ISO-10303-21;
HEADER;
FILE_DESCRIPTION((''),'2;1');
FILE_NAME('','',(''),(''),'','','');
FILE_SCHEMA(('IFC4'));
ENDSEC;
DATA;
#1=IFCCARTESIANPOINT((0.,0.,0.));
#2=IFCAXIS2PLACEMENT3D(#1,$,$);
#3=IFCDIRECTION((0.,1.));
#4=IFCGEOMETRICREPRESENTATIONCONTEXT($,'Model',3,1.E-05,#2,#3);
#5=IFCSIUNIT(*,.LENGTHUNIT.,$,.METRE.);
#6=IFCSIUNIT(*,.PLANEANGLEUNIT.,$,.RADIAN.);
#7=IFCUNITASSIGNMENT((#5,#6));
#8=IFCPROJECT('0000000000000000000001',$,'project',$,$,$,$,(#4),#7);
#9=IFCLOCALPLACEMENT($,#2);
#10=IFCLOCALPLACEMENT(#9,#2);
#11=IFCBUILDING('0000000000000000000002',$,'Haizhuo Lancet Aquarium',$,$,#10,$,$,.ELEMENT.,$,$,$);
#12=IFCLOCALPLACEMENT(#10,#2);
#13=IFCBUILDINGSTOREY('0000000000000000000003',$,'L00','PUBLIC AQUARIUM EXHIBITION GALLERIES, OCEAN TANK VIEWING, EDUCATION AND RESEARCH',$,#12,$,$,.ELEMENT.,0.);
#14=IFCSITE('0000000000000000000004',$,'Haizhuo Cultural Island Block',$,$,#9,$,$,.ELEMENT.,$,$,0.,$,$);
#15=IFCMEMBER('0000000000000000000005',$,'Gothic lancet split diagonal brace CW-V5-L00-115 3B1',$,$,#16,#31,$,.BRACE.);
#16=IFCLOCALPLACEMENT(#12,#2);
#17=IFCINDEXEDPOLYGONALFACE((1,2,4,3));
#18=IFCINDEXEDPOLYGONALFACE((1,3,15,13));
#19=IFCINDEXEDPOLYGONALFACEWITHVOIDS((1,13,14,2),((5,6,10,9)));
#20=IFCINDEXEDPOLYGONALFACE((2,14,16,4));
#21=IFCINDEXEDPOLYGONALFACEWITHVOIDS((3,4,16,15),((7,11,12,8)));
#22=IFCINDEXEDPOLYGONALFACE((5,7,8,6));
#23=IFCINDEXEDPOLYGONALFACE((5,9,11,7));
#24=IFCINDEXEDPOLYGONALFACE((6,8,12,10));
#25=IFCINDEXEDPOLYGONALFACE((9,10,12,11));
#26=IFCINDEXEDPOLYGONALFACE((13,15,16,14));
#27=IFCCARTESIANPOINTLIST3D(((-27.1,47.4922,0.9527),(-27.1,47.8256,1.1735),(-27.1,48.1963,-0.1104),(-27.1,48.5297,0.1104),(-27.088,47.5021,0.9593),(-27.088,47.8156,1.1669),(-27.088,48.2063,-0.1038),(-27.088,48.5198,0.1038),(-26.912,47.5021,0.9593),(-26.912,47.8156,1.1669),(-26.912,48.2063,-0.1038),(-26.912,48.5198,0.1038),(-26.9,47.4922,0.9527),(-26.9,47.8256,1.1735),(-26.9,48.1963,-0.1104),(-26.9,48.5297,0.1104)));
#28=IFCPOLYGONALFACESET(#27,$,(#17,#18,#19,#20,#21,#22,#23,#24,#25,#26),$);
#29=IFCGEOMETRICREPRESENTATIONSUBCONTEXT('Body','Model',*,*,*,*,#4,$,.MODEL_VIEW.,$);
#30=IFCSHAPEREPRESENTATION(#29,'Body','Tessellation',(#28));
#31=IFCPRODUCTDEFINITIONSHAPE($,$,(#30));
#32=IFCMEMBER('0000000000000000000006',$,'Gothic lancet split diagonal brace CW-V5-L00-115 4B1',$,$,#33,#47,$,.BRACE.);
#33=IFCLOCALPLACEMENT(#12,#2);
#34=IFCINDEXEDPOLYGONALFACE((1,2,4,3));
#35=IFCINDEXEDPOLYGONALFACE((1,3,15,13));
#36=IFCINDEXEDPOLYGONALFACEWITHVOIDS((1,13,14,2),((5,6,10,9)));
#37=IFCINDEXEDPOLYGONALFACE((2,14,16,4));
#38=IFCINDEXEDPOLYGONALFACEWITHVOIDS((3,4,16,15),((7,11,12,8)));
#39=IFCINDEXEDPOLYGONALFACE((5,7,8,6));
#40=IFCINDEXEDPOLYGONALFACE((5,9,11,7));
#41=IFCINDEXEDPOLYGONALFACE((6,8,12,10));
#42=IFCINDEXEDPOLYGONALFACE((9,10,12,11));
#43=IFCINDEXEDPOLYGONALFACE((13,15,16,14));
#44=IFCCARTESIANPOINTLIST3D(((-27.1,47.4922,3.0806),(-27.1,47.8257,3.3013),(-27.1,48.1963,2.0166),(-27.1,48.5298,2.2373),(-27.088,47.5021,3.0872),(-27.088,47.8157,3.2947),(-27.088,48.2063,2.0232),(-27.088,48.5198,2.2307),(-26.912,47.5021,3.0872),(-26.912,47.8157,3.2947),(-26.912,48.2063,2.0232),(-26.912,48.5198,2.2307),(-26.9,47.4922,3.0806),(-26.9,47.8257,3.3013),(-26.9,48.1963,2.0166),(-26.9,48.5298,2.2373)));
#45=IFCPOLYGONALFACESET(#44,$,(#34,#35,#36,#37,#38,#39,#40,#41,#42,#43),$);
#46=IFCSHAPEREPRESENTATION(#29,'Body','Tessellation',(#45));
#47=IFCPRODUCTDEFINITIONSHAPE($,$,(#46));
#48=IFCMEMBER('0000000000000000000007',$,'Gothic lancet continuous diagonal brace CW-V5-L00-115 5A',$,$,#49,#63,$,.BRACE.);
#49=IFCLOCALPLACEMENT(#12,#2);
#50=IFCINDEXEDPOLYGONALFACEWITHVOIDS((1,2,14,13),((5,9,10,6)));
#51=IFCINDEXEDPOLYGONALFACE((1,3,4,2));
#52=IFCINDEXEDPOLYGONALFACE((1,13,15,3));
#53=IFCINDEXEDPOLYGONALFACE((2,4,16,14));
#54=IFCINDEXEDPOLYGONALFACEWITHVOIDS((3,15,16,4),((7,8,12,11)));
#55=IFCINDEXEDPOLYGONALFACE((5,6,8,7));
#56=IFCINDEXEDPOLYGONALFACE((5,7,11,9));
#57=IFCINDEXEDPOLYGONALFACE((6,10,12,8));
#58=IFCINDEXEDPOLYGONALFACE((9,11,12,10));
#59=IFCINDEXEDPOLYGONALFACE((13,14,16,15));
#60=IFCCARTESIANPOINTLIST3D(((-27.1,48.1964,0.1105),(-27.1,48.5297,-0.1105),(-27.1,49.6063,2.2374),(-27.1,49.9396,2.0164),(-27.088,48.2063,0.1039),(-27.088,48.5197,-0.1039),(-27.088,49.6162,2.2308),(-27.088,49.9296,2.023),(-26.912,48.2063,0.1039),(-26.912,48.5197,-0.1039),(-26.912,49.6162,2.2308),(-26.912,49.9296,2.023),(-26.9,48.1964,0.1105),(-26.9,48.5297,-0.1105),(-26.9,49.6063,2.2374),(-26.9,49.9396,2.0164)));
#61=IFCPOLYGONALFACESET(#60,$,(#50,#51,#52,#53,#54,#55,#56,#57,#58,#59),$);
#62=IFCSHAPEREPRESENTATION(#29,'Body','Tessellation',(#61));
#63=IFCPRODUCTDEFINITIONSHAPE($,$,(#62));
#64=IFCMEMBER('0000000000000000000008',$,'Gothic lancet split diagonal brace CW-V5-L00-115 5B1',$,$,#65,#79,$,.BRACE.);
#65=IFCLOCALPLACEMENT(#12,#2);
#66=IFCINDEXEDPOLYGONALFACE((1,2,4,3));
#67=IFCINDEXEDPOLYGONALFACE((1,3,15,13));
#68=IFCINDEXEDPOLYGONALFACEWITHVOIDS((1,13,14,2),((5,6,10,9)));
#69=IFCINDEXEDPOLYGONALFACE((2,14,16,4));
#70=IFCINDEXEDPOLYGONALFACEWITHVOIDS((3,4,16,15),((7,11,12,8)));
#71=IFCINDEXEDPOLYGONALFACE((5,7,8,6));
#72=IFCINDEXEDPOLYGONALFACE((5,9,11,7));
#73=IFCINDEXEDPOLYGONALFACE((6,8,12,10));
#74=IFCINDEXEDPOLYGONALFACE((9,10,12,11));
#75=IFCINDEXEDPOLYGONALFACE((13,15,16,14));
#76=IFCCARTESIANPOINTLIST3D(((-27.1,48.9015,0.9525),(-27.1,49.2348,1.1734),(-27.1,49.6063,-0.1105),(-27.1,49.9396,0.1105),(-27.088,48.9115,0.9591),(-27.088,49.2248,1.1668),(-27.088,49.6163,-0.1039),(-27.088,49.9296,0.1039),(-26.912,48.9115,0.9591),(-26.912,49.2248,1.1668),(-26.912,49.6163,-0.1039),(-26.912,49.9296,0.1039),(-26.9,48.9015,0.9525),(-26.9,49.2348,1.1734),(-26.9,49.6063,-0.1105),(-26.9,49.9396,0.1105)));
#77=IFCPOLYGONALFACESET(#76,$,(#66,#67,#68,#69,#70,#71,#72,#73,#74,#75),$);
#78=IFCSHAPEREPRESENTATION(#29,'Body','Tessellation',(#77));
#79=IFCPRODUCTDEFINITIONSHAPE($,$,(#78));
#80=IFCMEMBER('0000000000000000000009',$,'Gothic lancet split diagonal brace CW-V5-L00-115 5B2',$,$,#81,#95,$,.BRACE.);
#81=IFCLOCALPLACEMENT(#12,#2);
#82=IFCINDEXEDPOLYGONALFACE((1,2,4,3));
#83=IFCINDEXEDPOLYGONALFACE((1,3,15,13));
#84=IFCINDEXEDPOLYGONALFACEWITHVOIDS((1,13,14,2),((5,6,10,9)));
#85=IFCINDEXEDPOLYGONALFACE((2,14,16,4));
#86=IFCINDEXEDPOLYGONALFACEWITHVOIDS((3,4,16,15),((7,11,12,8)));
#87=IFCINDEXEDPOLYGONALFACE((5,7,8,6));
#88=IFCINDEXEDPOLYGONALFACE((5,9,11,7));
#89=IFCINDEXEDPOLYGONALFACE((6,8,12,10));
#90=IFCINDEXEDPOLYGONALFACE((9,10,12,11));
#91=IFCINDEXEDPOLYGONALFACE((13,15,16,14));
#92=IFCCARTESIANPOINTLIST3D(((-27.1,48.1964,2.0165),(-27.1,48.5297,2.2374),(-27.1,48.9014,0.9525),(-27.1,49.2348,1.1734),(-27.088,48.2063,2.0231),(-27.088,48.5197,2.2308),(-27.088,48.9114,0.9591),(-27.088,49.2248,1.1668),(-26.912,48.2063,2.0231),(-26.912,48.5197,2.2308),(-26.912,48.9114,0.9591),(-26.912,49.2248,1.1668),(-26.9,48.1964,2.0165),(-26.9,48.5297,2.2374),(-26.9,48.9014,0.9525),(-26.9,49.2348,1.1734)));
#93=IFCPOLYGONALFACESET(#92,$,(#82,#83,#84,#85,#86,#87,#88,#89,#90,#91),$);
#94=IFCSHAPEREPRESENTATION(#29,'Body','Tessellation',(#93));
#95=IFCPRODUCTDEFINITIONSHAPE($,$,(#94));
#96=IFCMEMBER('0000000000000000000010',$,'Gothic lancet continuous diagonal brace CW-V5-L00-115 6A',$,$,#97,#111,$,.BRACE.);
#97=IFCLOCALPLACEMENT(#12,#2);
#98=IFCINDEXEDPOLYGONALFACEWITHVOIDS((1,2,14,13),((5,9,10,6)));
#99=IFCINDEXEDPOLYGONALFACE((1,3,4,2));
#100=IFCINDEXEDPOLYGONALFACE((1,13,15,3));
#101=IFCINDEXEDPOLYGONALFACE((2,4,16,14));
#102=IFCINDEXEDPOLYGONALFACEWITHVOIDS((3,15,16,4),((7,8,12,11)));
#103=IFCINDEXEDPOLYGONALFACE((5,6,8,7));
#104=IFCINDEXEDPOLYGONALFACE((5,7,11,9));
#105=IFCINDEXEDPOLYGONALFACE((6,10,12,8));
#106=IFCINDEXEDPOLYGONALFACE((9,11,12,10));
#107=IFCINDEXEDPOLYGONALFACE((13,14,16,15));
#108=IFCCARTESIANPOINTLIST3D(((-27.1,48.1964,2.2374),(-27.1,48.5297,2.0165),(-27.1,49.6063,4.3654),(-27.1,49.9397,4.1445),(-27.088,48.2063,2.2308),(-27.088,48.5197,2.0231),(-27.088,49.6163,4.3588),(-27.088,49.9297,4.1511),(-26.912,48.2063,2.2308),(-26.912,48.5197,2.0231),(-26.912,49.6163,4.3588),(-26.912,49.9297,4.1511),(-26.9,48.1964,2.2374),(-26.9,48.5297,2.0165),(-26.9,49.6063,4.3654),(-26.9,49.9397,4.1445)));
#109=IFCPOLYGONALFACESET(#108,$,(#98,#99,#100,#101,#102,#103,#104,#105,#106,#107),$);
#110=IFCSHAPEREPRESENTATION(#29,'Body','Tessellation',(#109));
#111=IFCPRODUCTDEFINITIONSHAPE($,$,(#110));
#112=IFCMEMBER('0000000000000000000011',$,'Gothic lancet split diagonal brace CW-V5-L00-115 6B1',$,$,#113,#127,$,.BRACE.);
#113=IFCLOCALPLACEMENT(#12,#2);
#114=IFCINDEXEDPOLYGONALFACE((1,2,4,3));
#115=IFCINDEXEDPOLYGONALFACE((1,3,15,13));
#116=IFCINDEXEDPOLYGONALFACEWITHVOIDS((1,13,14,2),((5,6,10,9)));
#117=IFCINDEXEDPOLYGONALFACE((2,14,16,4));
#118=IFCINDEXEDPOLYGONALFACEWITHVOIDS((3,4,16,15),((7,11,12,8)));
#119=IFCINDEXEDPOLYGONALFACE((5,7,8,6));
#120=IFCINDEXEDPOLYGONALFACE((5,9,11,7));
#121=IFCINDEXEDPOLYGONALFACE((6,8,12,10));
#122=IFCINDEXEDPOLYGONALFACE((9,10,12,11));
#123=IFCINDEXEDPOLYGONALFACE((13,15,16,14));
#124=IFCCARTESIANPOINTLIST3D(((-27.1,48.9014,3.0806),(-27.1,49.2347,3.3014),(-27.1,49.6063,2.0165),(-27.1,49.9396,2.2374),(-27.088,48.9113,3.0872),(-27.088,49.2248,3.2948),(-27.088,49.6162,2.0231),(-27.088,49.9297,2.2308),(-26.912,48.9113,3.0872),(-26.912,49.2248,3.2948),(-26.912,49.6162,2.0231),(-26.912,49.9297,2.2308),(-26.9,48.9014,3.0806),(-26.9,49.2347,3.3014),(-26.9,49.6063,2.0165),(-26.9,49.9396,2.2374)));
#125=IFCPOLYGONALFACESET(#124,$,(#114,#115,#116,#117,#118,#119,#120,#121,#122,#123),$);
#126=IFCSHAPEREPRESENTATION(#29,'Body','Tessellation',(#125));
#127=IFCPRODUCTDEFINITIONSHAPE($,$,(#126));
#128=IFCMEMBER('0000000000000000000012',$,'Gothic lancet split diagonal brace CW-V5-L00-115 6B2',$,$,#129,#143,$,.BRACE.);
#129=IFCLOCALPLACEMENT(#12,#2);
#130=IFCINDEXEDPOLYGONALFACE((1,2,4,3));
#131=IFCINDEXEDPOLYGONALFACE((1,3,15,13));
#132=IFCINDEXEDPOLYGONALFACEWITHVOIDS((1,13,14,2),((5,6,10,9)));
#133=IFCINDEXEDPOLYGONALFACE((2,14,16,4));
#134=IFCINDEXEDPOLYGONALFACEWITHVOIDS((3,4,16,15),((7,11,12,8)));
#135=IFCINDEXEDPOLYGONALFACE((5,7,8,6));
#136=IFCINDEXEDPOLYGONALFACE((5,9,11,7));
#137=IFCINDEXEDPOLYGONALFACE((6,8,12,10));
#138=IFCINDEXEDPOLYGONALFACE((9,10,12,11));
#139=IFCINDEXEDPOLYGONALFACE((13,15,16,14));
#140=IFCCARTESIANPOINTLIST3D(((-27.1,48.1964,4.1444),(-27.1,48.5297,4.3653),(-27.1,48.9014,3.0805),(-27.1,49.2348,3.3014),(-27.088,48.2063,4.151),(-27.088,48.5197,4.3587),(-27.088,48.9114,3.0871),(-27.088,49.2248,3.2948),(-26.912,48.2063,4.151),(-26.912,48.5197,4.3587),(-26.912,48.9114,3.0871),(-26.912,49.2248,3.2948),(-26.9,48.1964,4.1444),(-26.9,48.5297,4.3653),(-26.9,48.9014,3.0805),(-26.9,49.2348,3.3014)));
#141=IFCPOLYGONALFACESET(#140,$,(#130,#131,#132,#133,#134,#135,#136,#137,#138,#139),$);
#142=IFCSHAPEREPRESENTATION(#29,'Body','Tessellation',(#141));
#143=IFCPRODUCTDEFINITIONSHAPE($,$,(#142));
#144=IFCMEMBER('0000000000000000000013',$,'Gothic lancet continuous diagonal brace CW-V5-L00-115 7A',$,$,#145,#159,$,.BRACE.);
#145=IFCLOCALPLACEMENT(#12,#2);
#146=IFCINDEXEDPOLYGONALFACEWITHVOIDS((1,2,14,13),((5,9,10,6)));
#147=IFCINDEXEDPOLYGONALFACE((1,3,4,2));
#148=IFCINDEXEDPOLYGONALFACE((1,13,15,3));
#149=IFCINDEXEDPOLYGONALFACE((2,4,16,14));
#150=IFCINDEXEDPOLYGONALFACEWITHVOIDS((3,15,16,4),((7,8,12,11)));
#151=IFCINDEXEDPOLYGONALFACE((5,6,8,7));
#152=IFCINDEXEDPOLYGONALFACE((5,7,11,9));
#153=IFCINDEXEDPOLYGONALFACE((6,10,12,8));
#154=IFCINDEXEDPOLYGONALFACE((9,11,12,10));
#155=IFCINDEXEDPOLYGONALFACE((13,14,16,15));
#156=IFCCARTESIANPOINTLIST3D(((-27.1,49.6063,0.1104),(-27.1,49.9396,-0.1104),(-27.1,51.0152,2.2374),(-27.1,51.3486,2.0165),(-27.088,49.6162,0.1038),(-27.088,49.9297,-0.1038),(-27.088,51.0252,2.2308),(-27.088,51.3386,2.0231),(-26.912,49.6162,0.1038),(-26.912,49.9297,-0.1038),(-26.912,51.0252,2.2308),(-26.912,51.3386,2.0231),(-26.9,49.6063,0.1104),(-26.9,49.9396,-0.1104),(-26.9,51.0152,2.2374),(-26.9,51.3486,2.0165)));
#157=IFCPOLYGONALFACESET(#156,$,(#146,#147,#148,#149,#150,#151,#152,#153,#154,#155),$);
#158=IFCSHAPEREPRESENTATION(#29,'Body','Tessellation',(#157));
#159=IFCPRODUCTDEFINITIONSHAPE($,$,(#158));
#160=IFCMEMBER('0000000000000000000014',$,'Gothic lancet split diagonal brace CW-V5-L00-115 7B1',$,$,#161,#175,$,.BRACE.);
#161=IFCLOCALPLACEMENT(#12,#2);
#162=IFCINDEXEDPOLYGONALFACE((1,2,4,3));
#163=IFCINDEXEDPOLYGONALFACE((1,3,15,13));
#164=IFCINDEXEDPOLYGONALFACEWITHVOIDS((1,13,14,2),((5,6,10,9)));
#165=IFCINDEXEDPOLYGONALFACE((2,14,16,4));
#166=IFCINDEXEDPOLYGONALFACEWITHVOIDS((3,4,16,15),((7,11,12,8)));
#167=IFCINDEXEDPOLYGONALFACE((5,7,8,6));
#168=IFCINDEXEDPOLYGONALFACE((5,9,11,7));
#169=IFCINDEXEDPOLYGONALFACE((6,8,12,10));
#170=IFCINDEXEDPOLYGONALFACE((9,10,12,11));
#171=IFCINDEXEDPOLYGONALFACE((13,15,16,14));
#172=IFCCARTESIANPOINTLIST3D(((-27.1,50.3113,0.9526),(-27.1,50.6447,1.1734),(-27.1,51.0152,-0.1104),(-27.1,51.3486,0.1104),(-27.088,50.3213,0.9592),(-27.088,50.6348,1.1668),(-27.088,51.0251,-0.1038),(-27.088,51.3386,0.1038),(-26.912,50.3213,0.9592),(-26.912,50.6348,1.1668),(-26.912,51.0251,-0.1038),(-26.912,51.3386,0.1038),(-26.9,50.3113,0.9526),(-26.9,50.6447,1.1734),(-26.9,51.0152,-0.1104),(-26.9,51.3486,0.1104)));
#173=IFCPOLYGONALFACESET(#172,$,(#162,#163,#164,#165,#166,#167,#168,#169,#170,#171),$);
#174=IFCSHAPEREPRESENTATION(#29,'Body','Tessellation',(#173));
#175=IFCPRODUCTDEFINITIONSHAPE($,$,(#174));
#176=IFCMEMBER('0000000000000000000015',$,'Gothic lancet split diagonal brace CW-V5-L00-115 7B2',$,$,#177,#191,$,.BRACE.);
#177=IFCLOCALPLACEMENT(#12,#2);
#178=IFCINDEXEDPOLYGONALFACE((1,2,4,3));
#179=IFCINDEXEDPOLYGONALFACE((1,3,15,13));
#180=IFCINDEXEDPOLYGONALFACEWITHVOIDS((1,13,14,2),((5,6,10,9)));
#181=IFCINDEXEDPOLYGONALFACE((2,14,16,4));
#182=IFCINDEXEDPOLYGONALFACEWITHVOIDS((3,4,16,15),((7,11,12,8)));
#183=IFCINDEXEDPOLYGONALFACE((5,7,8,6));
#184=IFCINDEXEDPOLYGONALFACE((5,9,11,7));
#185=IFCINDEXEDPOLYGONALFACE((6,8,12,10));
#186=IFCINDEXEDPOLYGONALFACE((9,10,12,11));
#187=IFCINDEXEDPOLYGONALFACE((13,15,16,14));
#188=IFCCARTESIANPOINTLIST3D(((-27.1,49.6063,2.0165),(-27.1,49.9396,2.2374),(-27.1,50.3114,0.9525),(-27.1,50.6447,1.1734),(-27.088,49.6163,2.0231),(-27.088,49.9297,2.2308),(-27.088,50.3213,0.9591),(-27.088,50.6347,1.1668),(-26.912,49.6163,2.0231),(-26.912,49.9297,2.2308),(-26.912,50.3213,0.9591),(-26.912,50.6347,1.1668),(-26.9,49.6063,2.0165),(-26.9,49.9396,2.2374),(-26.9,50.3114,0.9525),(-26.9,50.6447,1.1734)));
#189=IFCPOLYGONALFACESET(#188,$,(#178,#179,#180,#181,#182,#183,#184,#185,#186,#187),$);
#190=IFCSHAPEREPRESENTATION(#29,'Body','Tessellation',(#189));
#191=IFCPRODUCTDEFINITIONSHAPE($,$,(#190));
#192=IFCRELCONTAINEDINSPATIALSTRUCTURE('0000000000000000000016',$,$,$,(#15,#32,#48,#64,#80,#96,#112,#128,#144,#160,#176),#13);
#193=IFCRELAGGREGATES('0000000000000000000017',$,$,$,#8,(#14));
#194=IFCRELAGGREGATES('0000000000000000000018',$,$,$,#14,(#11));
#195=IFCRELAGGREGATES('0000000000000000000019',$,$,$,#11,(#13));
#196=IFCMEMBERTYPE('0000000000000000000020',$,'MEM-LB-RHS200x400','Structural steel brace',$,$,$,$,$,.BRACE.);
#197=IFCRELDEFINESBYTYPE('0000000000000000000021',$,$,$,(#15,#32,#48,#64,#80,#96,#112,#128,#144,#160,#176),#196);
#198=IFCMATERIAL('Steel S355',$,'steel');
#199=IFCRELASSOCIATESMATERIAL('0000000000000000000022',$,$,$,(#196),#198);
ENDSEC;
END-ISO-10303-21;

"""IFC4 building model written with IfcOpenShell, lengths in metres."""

from ifc_helpers import new_model, si_unit, direction, frame, origin, origin_2d, place, context, subcontext, project, spatial, hollow_rectangle, extrude, material, material_profile, profile_set, type_object, element, save


model = new_model("IFC4")

# Units and contexts
model_context = context("Model", 3, precision=1e-05, world=origin(), true_north=direction((0.0, 1.0)))
body_context = subcontext(model_context, "Body", "Model", "MODEL_VIEW")
ifc_project = project(units=[si_unit("LENGTHUNIT", "METRE"), si_unit("PLANEANGLEUNIT", "RADIAN")], contexts=[model_context])

# Site, building, storey
site_placement = place(None, origin())
site = spatial("IfcSite", under=ifc_project, at=site_placement, Name="Haizhuo Cultural Island Block", CompositionType="ELEMENT", RefElevation=0.0)
building_placement = place(site_placement, origin())
building = spatial("IfcBuilding", under=site, at=building_placement, Name="Haizhuo Lancet Aquarium", CompositionType="ELEMENT")
storey_placement = place(building_placement, origin())
storey = spatial("IfcBuildingStorey", under=building, at=storey_placement, Name="L00", Description="PUBLIC AQUARIUM EXHIBITION GALLERIES, OCEAN TANK VIEWING, EDUCATION AND RESEARCH", CompositionType="ELEMENT", Elevation=0.0)

# Members
ifc_material_1 = material(Name="Steel S355", Category="steel")
ifc_material_profile_1 = material_profile(ifc_material_1, hollow_rectangle(XDim=0.2, YDim=0.3999, WallThickness=0.012, at=origin_2d()), Name="RHS 200x400x12")
ifc_profile_set_1 = profile_set([ifc_material_profile_1], Name="Steel S355")
member_type_1 = type_object("IfcMemberType", Name="MEM-LB-RHS200x400", Description="Structural steel brace", PredefinedType="BRACE", material=ifc_profile_set_1)
member_1_placement = place(storey_placement, frame((-27.0, 48.363, 0.0), z_axis=(0.0, -0.552223, 0.833696), x_axis=(1.0, 0.0, 0.0)))
element("IfcMember", 1, at=member_1_placement, inside=storey, type_object=member_type_1, Name="Gothic lancet split diagonal brace CW-V5-L00-115 3B1", PredefinedType="BRACE", context=body_context, shape_type="SweptSolid", body=[
    extrude(hollow_rectangle(XDim=0.2, YDim=0.3999, WallThickness=0.012, at=origin_2d()), origin(), (0.0, 0.0, 1.0), 1.2751),
])
member_2_placement = place(storey_placement, frame((-27.0, 48.363, 2.127), z_axis=(0.0, -0.551871, 0.83393), x_axis=(1.0, 0.0, 0.0)))
element("IfcMember", 2, at=member_2_placement, inside=storey, type_object=member_type_1, Name="Gothic lancet split diagonal brace CW-V5-L00-115 4B1", PredefinedType="BRACE", context=body_context, shape_type="SweptSolid", body=[
    extrude(hollow_rectangle(XDim=0.2, YDim=0.3999, WallThickness=0.012, at=origin_2d()), origin(), (0.0, 0.0, 1.0), 1.2759),
])
member_3_placement = place(storey_placement, frame((-27.0, 48.363, 0.0), z_axis=(0.0, 0.552513, 0.833505), x_axis=(-1.0, 0.0, 0.0)))
element("IfcMember", 3, at=member_3_placement, inside=storey, type_object=member_type_1, Name="Gothic lancet continuous diagonal brace CW-V5-L00-115 5A", PredefinedType="BRACE", context=body_context, shape_type="SweptSolid", body=[
    extrude(hollow_rectangle(XDim=0.2, YDim=0.3999, WallThickness=0.012, at=origin_2d()), origin(), (0.0, 0.0, 1.0), 2.5518),
])
member_4_placement = place(storey_placement, frame((-27.0, 49.7729, 0.0), z_axis=(0.0, -0.552622, 0.833432), x_axis=(1.0, 0.0, 0.0)))
element("IfcMember", 4, at=member_4_placement, inside=storey, type_object=member_type_1, Name="Gothic lancet split diagonal brace CW-V5-L00-115 5B1", PredefinedType="BRACE", context=body_context, shape_type="SweptSolid", body=[
    extrude(hollow_rectangle(XDim=0.2, YDim=0.3999, WallThickness=0.012, at=origin_2d()), origin(), (0.0, 0.0, 1.0), 1.2754),
])
member_5_placement = place(storey_placement, frame((-27.0, 49.0681, 1.063), z_axis=(0.0, -0.552403, 0.833577), x_axis=(1.0, 0.0, 0.0)))
element("IfcMember", 5, at=member_5_placement, inside=storey, type_object=member_type_1, Name="Gothic lancet split diagonal brace CW-V5-L00-115 5B2", PredefinedType="BRACE", context=body_context, shape_type="SweptSolid", body=[
    extrude(hollow_rectangle(XDim=0.2, YDim=0.3999, WallThickness=0.012, at=origin_2d()), origin(), (0.0, 0.0, 1.0), 1.2764),
])
member_6_placement = place(storey_placement, frame((-27.0, 48.363, 2.127), z_axis=(0.0, 0.552336, 0.833621), x_axis=(-1.0, 0.0, 0.0)))
element("IfcMember", 6, at=member_6_placement, inside=storey, type_object=member_type_1, Name="Gothic lancet continuous diagonal brace CW-V5-L00-115 6A", PredefinedType="BRACE", context=body_context, shape_type="SweptSolid", body=[
    extrude(hollow_rectangle(XDim=0.2, YDim=0.3999, WallThickness=0.012, at=origin_2d()), origin(), (0.0, 0.0, 1.0), 2.5527),
])
for number, where, z_axis, x_axis, name in (
    (7, (-27.0, 49.7729, 2.127), (0.0, -0.55227, 0.833665), (1.0, 0.0, 0.0), "Gothic lancet split diagonal brace CW-V5-L00-115 6B1"),
    (8, (-27.0, 49.0681, 3.1909), (0.0, -0.552403, 0.833577), (1.0, 0.0, 0.0), "Gothic lancet split diagonal brace CW-V5-L00-115 6B2"),
):
    element("IfcMember", number, at=place(storey_placement, frame(where, z_axis=z_axis, x_axis=x_axis)), inside=storey, type_object=member_type_1, Name=name, PredefinedType="BRACE", context=body_context, shape_type="SweptSolid", body=[
        extrude(hollow_rectangle(XDim=0.2, YDim=0.3999, WallThickness=0.012, at=origin_2d()), origin(), (0.0, 0.0, 1.0), 1.2764),
    ])
member_7_placement = place(storey_placement, frame((-27.0, 49.7729, 0.0), z_axis=(0.0, 0.552247, 0.833681), x_axis=(-1.0, 0.0, 0.0)))
element("IfcMember", 9, at=member_7_placement, inside=storey, type_object=member_type_1, Name="Gothic lancet continuous diagonal brace CW-V5-L00-115 7A", PredefinedType="BRACE", context=body_context, shape_type="SweptSolid", body=[
    extrude(hollow_rectangle(XDim=0.2, YDim=0.3999, WallThickness=0.012, at=origin_2d()), origin(), (0.0, 0.0, 1.0), 2.5513),
])
member_8_placement = place(storey_placement, frame((-27.0, 51.1819, 0.0), z_axis=(0.0, -0.55209, 0.833784), x_axis=(1.0, 0.0, 0.0)))
element("IfcMember", 10, at=member_8_placement, inside=storey, type_object=member_type_1, Name="Gothic lancet split diagonal brace CW-V5-L00-115 7B1", PredefinedType="BRACE", context=body_context, shape_type="SweptSolid", body=[
    extrude(hollow_rectangle(XDim=0.2, YDim=0.3999, WallThickness=0.012, at=origin_2d()), origin(), (0.0, 0.0, 1.0), 1.2749),
])
member_9_placement = place(storey_placement, frame((-27.0, 50.478, 1.063), z_axis=(0.0, -0.552403, 0.833577), x_axis=(1.0, 0.0, 0.0)))
element("IfcMember", 11, at=member_9_placement, inside=storey, type_object=member_type_1, Name="Gothic lancet split diagonal brace CW-V5-L00-115 7B2", PredefinedType="BRACE", context=body_context, shape_type="SweptSolid", body=[
    extrude(hollow_rectangle(XDim=0.2, YDim=0.3999, WallThickness=0.012, at=origin_2d()), origin(), (0.0, 0.0, 1.0), 1.2764),
])

save(model, "model.ifc")
